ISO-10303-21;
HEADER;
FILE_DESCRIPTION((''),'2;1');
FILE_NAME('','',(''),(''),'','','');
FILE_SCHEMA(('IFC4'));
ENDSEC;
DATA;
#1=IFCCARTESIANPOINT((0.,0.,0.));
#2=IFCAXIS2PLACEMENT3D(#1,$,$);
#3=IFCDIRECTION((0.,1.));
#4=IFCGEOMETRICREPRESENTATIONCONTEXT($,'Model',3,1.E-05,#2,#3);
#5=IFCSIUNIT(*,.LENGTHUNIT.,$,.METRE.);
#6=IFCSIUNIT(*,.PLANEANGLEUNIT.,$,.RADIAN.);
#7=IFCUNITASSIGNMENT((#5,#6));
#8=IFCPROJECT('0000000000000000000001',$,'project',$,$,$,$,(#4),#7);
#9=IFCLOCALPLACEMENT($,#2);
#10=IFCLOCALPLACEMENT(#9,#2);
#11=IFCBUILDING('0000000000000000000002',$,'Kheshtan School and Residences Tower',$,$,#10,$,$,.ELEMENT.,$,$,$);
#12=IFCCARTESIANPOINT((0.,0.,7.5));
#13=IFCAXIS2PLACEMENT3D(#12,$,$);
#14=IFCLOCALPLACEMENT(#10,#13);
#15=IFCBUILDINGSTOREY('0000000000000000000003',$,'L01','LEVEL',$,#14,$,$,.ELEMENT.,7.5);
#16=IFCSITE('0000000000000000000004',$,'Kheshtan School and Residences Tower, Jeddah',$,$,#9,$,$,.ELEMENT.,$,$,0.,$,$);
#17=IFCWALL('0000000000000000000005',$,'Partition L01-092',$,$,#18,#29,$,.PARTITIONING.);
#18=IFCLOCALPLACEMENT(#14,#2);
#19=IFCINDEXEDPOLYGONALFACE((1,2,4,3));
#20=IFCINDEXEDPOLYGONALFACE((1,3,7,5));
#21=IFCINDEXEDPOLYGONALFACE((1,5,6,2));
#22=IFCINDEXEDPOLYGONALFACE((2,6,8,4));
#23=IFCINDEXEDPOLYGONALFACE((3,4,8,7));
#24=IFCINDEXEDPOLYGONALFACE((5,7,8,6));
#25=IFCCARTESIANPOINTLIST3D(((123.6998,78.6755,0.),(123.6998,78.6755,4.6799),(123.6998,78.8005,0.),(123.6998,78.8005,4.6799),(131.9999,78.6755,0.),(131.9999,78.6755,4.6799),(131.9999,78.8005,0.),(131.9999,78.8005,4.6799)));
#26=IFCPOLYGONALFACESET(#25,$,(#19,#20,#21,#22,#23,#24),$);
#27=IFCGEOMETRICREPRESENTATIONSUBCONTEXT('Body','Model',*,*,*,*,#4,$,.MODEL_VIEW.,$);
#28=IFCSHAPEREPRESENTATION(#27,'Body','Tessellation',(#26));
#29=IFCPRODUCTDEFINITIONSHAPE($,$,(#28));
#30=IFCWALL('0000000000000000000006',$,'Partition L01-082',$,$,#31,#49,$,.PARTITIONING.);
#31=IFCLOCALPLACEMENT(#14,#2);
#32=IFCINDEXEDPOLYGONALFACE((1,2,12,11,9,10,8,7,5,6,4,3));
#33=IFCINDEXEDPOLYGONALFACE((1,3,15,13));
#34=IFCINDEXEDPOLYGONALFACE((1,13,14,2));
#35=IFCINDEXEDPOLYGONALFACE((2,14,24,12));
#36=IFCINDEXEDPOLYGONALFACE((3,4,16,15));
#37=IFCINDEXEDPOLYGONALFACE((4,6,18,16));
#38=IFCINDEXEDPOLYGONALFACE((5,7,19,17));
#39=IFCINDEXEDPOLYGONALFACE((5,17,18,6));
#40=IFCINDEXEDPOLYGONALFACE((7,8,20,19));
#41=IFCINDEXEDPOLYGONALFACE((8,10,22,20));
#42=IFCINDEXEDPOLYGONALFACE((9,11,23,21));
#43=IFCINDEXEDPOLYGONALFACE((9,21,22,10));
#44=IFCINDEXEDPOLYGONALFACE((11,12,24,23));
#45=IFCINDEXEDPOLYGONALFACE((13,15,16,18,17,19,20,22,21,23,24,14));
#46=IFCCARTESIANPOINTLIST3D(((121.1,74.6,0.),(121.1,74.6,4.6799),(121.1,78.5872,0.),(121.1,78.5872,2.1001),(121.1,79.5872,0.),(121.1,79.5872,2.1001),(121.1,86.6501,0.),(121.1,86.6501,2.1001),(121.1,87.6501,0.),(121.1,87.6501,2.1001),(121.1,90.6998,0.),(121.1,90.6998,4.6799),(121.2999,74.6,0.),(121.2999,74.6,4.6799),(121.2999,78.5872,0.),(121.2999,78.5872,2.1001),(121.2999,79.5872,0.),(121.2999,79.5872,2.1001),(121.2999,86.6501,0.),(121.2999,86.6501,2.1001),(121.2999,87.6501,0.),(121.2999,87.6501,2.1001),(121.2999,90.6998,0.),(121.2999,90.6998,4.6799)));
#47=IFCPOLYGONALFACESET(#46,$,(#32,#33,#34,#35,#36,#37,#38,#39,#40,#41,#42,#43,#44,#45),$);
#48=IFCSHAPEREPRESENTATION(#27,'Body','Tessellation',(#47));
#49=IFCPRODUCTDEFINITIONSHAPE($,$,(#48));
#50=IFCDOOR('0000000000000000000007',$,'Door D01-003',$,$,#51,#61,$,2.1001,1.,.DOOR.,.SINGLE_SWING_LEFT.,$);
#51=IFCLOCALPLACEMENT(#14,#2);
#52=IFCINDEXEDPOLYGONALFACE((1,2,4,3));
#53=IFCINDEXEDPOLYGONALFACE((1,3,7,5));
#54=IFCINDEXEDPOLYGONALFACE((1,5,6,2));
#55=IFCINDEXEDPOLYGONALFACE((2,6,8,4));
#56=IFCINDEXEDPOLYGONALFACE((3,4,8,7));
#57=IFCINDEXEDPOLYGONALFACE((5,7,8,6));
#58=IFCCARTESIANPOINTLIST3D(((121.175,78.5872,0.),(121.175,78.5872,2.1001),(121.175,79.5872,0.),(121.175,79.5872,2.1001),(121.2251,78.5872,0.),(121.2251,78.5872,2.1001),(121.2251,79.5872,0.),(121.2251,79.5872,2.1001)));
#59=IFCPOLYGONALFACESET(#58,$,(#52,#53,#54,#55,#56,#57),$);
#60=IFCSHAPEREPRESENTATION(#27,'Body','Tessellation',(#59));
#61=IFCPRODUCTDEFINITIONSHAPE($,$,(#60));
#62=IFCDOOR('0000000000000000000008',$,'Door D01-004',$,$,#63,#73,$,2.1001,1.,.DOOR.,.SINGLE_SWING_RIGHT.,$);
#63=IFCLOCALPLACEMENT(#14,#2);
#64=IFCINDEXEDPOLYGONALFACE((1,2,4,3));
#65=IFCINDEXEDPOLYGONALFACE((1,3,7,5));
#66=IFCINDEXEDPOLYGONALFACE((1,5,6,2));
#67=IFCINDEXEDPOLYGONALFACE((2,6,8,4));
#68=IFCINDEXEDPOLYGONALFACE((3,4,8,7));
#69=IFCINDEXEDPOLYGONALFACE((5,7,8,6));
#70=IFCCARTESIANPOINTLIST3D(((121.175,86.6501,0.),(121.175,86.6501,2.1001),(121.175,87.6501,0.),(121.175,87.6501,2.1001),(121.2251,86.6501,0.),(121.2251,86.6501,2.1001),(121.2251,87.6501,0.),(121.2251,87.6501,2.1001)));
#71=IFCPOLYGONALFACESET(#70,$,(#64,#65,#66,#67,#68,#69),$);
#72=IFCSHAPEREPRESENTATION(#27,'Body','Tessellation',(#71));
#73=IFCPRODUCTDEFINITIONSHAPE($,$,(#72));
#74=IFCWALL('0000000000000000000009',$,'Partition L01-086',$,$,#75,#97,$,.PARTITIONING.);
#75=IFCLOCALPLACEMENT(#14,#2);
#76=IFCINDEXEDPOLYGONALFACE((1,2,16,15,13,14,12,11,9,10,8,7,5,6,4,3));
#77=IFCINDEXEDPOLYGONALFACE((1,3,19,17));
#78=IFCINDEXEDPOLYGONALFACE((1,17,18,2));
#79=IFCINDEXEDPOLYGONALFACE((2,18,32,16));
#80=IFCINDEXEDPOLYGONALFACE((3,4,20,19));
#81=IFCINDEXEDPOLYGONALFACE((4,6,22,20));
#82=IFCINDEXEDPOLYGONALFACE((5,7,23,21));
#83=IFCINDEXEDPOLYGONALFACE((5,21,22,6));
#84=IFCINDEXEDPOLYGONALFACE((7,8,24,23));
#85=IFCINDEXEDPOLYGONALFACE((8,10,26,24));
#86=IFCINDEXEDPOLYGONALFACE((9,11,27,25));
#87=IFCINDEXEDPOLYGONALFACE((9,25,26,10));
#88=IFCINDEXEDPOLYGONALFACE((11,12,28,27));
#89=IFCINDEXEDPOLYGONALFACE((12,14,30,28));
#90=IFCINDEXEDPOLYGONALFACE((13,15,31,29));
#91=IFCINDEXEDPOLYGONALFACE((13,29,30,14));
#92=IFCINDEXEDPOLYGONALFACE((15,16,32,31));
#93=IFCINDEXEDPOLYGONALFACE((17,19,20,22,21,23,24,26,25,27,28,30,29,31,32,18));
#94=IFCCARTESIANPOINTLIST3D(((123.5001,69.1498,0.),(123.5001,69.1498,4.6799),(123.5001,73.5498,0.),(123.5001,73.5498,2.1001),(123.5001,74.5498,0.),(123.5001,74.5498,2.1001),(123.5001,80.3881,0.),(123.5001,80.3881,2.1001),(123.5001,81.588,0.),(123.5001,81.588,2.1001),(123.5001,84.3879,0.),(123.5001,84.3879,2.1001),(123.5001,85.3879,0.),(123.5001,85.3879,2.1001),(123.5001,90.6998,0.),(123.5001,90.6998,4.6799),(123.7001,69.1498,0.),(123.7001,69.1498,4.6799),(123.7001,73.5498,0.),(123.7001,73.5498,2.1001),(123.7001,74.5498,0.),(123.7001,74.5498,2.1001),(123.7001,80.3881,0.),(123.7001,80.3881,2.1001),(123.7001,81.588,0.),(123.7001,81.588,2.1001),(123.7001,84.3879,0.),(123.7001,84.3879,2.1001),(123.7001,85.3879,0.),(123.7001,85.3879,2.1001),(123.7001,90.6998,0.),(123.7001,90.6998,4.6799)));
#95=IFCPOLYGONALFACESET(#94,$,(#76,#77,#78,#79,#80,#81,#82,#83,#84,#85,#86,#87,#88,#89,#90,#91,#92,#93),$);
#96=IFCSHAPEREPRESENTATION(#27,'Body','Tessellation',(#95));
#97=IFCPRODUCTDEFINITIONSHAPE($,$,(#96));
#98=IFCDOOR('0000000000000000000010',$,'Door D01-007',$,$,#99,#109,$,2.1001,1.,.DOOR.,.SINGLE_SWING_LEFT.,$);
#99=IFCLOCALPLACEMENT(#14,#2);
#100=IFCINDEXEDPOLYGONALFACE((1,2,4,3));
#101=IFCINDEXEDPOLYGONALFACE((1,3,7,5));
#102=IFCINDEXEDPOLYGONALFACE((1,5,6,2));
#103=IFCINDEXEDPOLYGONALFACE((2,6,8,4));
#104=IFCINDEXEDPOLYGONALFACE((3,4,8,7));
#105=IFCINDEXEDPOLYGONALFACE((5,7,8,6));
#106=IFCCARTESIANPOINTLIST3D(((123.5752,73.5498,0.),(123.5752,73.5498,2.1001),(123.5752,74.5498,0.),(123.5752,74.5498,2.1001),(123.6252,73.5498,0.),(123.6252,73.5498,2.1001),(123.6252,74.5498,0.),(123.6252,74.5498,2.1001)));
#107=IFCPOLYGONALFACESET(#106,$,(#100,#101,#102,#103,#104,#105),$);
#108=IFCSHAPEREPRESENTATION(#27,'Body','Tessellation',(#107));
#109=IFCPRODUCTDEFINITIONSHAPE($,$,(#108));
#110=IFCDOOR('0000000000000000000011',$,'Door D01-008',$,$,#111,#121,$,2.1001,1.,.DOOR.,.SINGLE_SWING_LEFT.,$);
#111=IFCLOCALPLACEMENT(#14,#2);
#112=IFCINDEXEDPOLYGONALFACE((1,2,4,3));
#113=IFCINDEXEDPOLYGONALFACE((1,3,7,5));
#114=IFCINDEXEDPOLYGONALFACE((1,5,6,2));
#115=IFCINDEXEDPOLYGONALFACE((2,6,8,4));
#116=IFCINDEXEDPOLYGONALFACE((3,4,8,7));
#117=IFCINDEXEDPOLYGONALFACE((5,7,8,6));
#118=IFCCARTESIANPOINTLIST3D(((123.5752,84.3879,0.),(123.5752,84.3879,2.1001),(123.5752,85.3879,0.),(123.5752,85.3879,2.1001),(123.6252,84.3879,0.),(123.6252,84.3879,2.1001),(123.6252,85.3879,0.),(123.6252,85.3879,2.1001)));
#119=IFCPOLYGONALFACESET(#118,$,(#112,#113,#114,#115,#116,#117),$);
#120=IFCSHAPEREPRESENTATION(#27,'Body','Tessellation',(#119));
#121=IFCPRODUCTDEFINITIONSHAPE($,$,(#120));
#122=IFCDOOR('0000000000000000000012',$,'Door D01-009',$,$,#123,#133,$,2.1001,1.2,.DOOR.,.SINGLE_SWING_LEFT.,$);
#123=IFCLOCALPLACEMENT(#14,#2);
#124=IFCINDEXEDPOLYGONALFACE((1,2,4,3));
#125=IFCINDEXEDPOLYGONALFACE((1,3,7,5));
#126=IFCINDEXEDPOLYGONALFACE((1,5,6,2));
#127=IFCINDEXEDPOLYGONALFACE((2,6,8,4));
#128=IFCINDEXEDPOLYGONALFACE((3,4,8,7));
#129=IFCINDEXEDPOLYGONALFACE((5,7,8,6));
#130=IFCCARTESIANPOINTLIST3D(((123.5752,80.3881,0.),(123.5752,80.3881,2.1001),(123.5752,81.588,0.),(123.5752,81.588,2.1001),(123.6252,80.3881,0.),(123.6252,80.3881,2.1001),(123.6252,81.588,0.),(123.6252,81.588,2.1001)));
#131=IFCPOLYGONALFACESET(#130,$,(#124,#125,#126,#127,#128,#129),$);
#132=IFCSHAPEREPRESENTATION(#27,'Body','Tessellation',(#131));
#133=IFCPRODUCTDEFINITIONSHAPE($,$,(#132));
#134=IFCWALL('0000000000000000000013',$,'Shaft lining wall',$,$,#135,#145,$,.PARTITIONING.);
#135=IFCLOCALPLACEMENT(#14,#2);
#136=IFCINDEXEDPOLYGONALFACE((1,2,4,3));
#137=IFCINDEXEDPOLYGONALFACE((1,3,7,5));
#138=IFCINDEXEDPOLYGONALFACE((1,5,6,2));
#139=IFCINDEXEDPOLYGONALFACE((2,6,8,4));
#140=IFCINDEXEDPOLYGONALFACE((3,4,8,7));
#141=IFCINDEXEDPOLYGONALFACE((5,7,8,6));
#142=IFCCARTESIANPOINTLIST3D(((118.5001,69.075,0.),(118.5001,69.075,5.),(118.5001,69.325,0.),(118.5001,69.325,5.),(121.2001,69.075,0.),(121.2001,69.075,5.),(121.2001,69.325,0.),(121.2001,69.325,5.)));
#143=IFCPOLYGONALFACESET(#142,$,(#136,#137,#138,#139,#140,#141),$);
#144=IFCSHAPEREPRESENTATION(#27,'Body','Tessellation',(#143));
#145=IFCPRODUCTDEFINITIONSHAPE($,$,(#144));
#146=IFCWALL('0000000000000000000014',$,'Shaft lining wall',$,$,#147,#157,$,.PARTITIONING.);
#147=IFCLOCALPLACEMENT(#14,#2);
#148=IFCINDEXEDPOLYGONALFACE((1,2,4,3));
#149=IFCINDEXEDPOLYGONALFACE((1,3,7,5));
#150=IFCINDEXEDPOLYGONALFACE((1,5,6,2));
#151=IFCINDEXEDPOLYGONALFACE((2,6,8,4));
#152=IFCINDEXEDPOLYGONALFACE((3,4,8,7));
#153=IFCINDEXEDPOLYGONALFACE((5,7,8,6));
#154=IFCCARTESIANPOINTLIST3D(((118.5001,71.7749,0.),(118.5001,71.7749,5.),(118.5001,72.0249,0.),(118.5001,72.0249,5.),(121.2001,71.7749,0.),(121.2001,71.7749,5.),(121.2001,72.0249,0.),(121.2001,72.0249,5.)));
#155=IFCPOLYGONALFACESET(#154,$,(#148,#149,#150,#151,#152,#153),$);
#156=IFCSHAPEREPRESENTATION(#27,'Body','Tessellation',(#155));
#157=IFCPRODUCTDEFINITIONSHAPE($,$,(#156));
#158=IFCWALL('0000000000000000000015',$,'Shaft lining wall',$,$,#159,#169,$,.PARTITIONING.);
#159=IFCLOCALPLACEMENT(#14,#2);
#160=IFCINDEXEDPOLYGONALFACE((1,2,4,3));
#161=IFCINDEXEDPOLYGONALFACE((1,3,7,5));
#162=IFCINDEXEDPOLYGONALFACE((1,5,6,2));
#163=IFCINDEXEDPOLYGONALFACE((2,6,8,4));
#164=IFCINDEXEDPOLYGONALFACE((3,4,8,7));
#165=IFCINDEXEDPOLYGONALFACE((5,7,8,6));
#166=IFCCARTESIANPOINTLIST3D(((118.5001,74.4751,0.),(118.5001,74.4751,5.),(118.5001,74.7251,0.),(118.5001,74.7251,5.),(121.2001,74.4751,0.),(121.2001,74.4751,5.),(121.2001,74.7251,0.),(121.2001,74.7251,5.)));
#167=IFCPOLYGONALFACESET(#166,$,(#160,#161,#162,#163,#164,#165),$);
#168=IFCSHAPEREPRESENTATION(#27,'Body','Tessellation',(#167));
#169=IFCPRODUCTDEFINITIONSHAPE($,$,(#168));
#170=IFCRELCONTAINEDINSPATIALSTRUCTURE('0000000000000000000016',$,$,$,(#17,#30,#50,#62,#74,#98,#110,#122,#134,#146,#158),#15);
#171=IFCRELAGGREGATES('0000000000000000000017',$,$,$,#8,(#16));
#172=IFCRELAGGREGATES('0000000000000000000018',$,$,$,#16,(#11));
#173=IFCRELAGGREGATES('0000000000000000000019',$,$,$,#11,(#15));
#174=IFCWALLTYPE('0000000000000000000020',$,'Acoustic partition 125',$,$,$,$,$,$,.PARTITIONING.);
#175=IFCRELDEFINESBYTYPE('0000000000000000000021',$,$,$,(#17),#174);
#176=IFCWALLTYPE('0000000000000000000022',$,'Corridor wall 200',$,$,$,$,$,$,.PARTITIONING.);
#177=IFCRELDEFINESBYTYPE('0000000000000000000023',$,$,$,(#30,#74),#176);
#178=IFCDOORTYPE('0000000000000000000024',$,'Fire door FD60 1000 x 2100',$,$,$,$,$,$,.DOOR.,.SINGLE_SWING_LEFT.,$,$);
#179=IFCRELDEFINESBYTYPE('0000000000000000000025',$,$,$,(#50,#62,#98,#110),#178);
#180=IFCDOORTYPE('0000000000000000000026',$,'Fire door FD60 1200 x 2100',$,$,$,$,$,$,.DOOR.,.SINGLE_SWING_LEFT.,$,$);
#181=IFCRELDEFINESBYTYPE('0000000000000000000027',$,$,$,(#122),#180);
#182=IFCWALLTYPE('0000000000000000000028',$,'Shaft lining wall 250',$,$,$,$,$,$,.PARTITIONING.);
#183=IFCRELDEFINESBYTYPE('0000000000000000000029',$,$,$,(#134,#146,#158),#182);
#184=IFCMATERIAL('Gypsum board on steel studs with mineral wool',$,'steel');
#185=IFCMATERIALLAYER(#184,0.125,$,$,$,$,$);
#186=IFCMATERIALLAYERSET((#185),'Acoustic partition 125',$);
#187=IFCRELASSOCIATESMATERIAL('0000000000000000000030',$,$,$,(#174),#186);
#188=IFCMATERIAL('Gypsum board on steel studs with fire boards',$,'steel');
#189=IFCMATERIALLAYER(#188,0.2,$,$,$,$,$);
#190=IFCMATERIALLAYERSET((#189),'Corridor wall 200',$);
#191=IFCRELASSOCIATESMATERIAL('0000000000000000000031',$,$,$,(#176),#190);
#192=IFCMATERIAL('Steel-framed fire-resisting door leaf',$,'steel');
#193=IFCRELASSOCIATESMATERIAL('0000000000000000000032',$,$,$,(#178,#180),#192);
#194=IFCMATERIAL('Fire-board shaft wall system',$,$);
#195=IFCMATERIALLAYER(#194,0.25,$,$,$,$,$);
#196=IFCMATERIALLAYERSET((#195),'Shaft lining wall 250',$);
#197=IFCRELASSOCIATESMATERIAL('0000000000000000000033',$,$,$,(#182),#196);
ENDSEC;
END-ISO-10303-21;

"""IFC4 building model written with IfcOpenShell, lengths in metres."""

from ifc_helpers import new_model, si_unit, direction, frame, frame_2d, origin, place, context, subcontext, project, spatial, rectangle, extrude, source, transform, mapped, material, layer, layer_set, type_object, element, fill, save


model = new_model("IFC4")

# Units and contexts
model_context = context("Model", 3, precision=1e-05, world=origin(), true_north=direction((0.0, 1.0)))
body_context = subcontext(model_context, "Body", "Model", "MODEL_VIEW")
ifc_project = project(units=[si_unit("LENGTHUNIT", "METRE"), si_unit("PLANEANGLEUNIT", "RADIAN")], contexts=[model_context])

# Site, building, storey
site_placement = place(None, origin())
site = spatial("IfcSite", under=ifc_project, at=site_placement, Name="Kheshtan School and Residences Tower, Jeddah", CompositionType="ELEMENT", RefElevation=0.0)
building_placement = place(site_placement, origin())
building = spatial("IfcBuilding", under=site, at=building_placement, Name="Kheshtan School and Residences Tower", CompositionType="ELEMENT")
storey_placement = place(building_placement, frame((0.0, 0.0, 7.5)))
storey = spatial("IfcBuildingStorey", under=building, at=storey_placement, Name="L01", Description="LEVEL", CompositionType="ELEMENT", Elevation=7.5)

# Wall
ifc_material_1 = material(Name="Gypsum board on steel studs with mineral wool", Category="steel")
ifc_layer_1 = layer(ifc_material_1, 0.125)
ifc_layer_set_1 = layer_set([ifc_layer_1], Name="Acoustic partition 125")
wall_type_1 = type_object("IfcWallType", Name="Acoustic partition 125", PredefinedType="PARTITIONING", material=ifc_layer_set_1)
wall_1_placement = place(storey_placement, frame((123.7, 78.738, 0.0), z_axis=(0.0, 0.0, 1.0), x_axis=(1.0, 0.0, 0.0)))
element("IfcWall", 1, at=wall_1_placement, inside=storey, type_object=wall_type_1, Name="Partition L01-092", PredefinedType="PARTITIONING", context=body_context, shape_type="SweptSolid", body=[
    extrude(rectangle(XDim=8.3, YDim=0.125, at=frame_2d((4.1499, 0.0))), origin(), (0.0, 0.0, 1.0), 4.6799),
])

# Walls, openings, doors
ifc_material_2 = material(Name="Gypsum board on steel studs with fire boards", Category="steel")
ifc_layer_2 = layer(ifc_material_2, 0.2)
ifc_layer_set_2 = layer_set([ifc_layer_2], Name="Corridor wall 200")
wall_type_2 = type_object("IfcWallType", Name="Corridor wall 200", PredefinedType="PARTITIONING", material=ifc_layer_set_2)
wall_2_placement = place(storey_placement, frame((121.2, 74.6001, 0.0), z_axis=(0.0, 0.0, 1.0), x_axis=(0.0, 1.0, 0.0)))
wall_2 = element("IfcWall", 2, at=wall_2_placement, inside=storey, type_object=wall_type_2, Name="Partition L01-082", PredefinedType="PARTITIONING", context=body_context, shape_type="SweptSolid", body=[
    extrude(rectangle(XDim=16.0999, YDim=0.2, at=frame_2d((8.0498, 0.0))), origin(), (0.0, 0.0, 1.0), 4.6799),
])
opening_1_placement = place(wall_2_placement, frame((3.9871, 0.0, 0.0)))
opening_1 = element("IfcOpeningElement", 3, at=opening_1_placement, cuts=wall_2, PredefinedType="OPENING", context=body_context, shape_type="SweptSolid", body=[
    extrude(rectangle(XDim=1.0, YDim=2.1001, at=frame_2d((0.5, 1.05))), frame((0.0, 0.1099, 0.0), z_axis=(0.0, -1.0, 0.0), x_axis=(1.0, 0.0, 0.0)), (0.0, 0.0, 1.0), 0.22),
])
opening_2_placement = place(wall_2_placement, frame((12.05, 0.0, 0.0)))
opening_2 = element("IfcOpeningElement", 4, at=opening_2_placement, cuts=wall_2, PredefinedType="OPENING", context=body_context, shape_type="SweptSolid", body=[
    extrude(rectangle(XDim=1.0, YDim=2.1001, at=frame_2d((0.5, 1.05))), frame((0.0, 0.1099, 0.0), z_axis=(0.0, -1.0, 0.0), x_axis=(1.0, 0.0, 0.0)), (0.0, 0.0, 1.0), 0.22),
])
ifc_material_3 = material(Name="Steel-framed fire-resisting door leaf", Category="steel")
door_type_1 = type_object("IfcDoorType", Name="Fire door FD60 1000 x 2100", OperationType="SINGLE_SWING_LEFT", PredefinedType="DOOR", material=ifc_material_3)
shared_shape_1 = source(origin(), body_context, "Body", "SweptSolid", [
    extrude(rectangle(XDim=1.0, YDim=2.1001, at=frame_2d((0.5, 1.05))), frame((0.0, 0.0249, 0.0), z_axis=(0.0, -1.0, 0.0), x_axis=(1.0, 0.0, 0.0)), (0.0, 0.0, 1.0), 0.05),
])
door_1_placement = place(opening_1_placement, origin())
door_1 = element("IfcDoor", 5, at=door_1_placement, inside=storey, type_object=door_type_1, Name="Door D01-003", OperationType="SINGLE_SWING_LEFT", OverallHeight=2.1001, OverallWidth=1.0, PredefinedType="DOOR", context=body_context, shape_type="MappedRepresentation", body=[
    mapped(shared_shape_1, transform((0.0, 0.0, 0.0), x_axis=(1.0, 0.0, 0.0), y_axis=(0.0, 1.0, 0.0), z_axis=(0.0, 0.0, 1.0), scale=1.0)),
])
fill(opening_1, door_1)
door_2_placement = place(opening_2_placement, origin())
door_2 = element("IfcDoor", 6, at=door_2_placement, inside=storey, type_object=door_type_1, Name="Door D01-004", OperationType="SINGLE_SWING_RIGHT", OverallHeight=2.1001, OverallWidth=1.0, PredefinedType="DOOR", context=body_context, shape_type="MappedRepresentation", body=[
    mapped(shared_shape_1, transform((0.0, 0.0, 0.0), x_axis=(1.0, 0.0, 0.0), y_axis=(0.0, 1.0, 0.0), z_axis=(0.0, 0.0, 1.0), scale=1.0)),
])
fill(opening_2, door_2)
wall_3_placement = place(storey_placement, frame((123.6001, 69.1499, 0.0), z_axis=(0.0, 0.0, 1.0), x_axis=(0.0, 1.0, 0.0)))
wall_3 = element("IfcWall", 7, at=wall_3_placement, inside=storey, type_object=wall_type_2, Name="Partition L01-086", PredefinedType="PARTITIONING", context=body_context, shape_type="SweptSolid", body=[
    extrude(rectangle(XDim=21.55, YDim=0.2, at=frame_2d((10.7749, 0.0))), origin(), (0.0, 0.0, 1.0), 4.6799),
])
opening_3_placement = place(wall_3_placement, frame((4.3999, 0.0, 0.0)))
opening_3 = element("IfcOpeningElement", 8, at=opening_3_placement, cuts=wall_3, PredefinedType="OPENING", context=body_context, shape_type="SweptSolid", body=[
    extrude(rectangle(XDim=1.0, YDim=2.1001, at=frame_2d((0.5, 1.05))), frame((0.0, 0.1099, 0.0), z_axis=(0.0, -1.0, 0.0), x_axis=(1.0, 0.0, 0.0)), (0.0, 0.0, 1.0), 0.22),
])
opening_4_placement = place(wall_3_placement, frame((15.238, 0.0, 0.0)))
opening_4 = element("IfcOpeningElement", 9, at=opening_4_placement, cuts=wall_3, PredefinedType="OPENING", context=body_context, shape_type="SweptSolid", body=[
    extrude(rectangle(XDim=1.0, YDim=2.1001, at=frame_2d((0.5, 1.05))), frame((0.0, 0.1099, 0.0), z_axis=(0.0, -1.0, 0.0), x_axis=(1.0, 0.0, 0.0)), (0.0, 0.0, 1.0), 0.22),
])
opening_5_placement = place(wall_3_placement, frame((11.238, 0.0, 0.0)))
opening_5 = element("IfcOpeningElement", 10, at=opening_5_placement, cuts=wall_3, PredefinedType="OPENING", context=body_context, shape_type="SweptSolid", body=[
    extrude(rectangle(XDim=1.2, YDim=2.1001, at=frame_2d((0.6001, 1.05))), frame((0.0, 0.1099, 0.0), z_axis=(0.0, -1.0, 0.0), x_axis=(1.0, 0.0, 0.0)), (0.0, 0.0, 1.0), 0.22),
])
door_3_placement = place(opening_3_placement, origin())
door_3 = element("IfcDoor", 11, at=door_3_placement, inside=storey, type_object=door_type_1, Name="Door D01-007", OperationType="SINGLE_SWING_LEFT", OverallHeight=2.1001, OverallWidth=1.0, PredefinedType="DOOR", context=body_context, shape_type="MappedRepresentation", body=[
    mapped(shared_shape_1, transform((0.0, 0.0, 0.0), x_axis=(1.0, 0.0, 0.0), y_axis=(0.0, 1.0, 0.0), z_axis=(0.0, 0.0, 1.0), scale=1.0)),
])
fill(opening_3, door_3)
door_4_placement = place(opening_4_placement, origin())
door_4 = element("IfcDoor", 12, at=door_4_placement, inside=storey, type_object=door_type_1, Name="Door D01-008", OperationType="SINGLE_SWING_LEFT", OverallHeight=2.1001, OverallWidth=1.0, PredefinedType="DOOR", context=body_context, shape_type="MappedRepresentation", body=[
    mapped(shared_shape_1, transform((0.0, 0.0, 0.0), x_axis=(1.0, 0.0, 0.0), y_axis=(0.0, 1.0, 0.0), z_axis=(0.0, 0.0, 1.0), scale=1.0)),
])
fill(opening_4, door_4)
door_type_2 = type_object("IfcDoorType", Name="Fire door FD60 1200 x 2100", OperationType="SINGLE_SWING_LEFT", PredefinedType="DOOR", material=ifc_material_3)
shared_shape_2 = source(origin(), body_context, "Body", "SweptSolid", [
    extrude(rectangle(XDim=1.2, YDim=2.1001, at=frame_2d((0.6001, 1.05))), frame((0.0, 0.0249, 0.0), z_axis=(0.0, -1.0, 0.0), x_axis=(1.0, 0.0, 0.0)), (0.0, 0.0, 1.0), 0.05),
])
door_5_placement = place(opening_5_placement, origin())
door_5 = element("IfcDoor", 13, at=door_5_placement, inside=storey, type_object=door_type_2, Name="Door D01-009", OperationType="SINGLE_SWING_LEFT", OverallHeight=2.1001, OverallWidth=1.2, PredefinedType="DOOR", context=body_context, shape_type="MappedRepresentation", body=[
    mapped(shared_shape_2, transform((0.0, 0.0, 0.0), x_axis=(1.0, 0.0, 0.0), y_axis=(0.0, 1.0, 0.0), z_axis=(0.0, 0.0, 1.0), scale=1.0)),
])
fill(opening_5, door_5)

# Walls
ifc_material_4 = material(Name="Fire-board shaft wall system")
ifc_layer_3 = layer(ifc_material_4, 0.25)
ifc_layer_set_3 = layer_set([ifc_layer_3], Name="Shaft lining wall 250")
wall_type_3 = type_object("IfcWallType", Name="Shaft lining wall 250", PredefinedType="PARTITIONING", material=ifc_layer_set_3)
for number, where, z_axis, x_axis, name in (
    (14, (118.5, 69.2, 0.0), (0.0, 0.0, 1.0), (1.0, 0.0, 0.0), "Shaft lining wall"),
    (15, (118.5, 71.8999, 0.0), (0.0, 0.0, 1.0), (1.0, 0.0, 0.0), "Shaft lining wall"),
    (16, (118.5, 74.6001, 0.0), (0.0, 0.0, 1.0), (1.0, 0.0, 0.0), "Shaft lining wall"),
):
    element("IfcWall", number, at=place(storey_placement, frame(where, z_axis=z_axis, x_axis=x_axis)), inside=storey, type_object=wall_type_3, Name=name, PredefinedType="PARTITIONING", context=body_context, shape_type="SweptSolid", body=[
        extrude(rectangle(XDim=2.7, YDim=0.25, at=frame_2d((1.3501, 0.0))), origin(), (0.0, 0.0, 1.0), 5.0),
    ])

save(model, "model.ifc")
